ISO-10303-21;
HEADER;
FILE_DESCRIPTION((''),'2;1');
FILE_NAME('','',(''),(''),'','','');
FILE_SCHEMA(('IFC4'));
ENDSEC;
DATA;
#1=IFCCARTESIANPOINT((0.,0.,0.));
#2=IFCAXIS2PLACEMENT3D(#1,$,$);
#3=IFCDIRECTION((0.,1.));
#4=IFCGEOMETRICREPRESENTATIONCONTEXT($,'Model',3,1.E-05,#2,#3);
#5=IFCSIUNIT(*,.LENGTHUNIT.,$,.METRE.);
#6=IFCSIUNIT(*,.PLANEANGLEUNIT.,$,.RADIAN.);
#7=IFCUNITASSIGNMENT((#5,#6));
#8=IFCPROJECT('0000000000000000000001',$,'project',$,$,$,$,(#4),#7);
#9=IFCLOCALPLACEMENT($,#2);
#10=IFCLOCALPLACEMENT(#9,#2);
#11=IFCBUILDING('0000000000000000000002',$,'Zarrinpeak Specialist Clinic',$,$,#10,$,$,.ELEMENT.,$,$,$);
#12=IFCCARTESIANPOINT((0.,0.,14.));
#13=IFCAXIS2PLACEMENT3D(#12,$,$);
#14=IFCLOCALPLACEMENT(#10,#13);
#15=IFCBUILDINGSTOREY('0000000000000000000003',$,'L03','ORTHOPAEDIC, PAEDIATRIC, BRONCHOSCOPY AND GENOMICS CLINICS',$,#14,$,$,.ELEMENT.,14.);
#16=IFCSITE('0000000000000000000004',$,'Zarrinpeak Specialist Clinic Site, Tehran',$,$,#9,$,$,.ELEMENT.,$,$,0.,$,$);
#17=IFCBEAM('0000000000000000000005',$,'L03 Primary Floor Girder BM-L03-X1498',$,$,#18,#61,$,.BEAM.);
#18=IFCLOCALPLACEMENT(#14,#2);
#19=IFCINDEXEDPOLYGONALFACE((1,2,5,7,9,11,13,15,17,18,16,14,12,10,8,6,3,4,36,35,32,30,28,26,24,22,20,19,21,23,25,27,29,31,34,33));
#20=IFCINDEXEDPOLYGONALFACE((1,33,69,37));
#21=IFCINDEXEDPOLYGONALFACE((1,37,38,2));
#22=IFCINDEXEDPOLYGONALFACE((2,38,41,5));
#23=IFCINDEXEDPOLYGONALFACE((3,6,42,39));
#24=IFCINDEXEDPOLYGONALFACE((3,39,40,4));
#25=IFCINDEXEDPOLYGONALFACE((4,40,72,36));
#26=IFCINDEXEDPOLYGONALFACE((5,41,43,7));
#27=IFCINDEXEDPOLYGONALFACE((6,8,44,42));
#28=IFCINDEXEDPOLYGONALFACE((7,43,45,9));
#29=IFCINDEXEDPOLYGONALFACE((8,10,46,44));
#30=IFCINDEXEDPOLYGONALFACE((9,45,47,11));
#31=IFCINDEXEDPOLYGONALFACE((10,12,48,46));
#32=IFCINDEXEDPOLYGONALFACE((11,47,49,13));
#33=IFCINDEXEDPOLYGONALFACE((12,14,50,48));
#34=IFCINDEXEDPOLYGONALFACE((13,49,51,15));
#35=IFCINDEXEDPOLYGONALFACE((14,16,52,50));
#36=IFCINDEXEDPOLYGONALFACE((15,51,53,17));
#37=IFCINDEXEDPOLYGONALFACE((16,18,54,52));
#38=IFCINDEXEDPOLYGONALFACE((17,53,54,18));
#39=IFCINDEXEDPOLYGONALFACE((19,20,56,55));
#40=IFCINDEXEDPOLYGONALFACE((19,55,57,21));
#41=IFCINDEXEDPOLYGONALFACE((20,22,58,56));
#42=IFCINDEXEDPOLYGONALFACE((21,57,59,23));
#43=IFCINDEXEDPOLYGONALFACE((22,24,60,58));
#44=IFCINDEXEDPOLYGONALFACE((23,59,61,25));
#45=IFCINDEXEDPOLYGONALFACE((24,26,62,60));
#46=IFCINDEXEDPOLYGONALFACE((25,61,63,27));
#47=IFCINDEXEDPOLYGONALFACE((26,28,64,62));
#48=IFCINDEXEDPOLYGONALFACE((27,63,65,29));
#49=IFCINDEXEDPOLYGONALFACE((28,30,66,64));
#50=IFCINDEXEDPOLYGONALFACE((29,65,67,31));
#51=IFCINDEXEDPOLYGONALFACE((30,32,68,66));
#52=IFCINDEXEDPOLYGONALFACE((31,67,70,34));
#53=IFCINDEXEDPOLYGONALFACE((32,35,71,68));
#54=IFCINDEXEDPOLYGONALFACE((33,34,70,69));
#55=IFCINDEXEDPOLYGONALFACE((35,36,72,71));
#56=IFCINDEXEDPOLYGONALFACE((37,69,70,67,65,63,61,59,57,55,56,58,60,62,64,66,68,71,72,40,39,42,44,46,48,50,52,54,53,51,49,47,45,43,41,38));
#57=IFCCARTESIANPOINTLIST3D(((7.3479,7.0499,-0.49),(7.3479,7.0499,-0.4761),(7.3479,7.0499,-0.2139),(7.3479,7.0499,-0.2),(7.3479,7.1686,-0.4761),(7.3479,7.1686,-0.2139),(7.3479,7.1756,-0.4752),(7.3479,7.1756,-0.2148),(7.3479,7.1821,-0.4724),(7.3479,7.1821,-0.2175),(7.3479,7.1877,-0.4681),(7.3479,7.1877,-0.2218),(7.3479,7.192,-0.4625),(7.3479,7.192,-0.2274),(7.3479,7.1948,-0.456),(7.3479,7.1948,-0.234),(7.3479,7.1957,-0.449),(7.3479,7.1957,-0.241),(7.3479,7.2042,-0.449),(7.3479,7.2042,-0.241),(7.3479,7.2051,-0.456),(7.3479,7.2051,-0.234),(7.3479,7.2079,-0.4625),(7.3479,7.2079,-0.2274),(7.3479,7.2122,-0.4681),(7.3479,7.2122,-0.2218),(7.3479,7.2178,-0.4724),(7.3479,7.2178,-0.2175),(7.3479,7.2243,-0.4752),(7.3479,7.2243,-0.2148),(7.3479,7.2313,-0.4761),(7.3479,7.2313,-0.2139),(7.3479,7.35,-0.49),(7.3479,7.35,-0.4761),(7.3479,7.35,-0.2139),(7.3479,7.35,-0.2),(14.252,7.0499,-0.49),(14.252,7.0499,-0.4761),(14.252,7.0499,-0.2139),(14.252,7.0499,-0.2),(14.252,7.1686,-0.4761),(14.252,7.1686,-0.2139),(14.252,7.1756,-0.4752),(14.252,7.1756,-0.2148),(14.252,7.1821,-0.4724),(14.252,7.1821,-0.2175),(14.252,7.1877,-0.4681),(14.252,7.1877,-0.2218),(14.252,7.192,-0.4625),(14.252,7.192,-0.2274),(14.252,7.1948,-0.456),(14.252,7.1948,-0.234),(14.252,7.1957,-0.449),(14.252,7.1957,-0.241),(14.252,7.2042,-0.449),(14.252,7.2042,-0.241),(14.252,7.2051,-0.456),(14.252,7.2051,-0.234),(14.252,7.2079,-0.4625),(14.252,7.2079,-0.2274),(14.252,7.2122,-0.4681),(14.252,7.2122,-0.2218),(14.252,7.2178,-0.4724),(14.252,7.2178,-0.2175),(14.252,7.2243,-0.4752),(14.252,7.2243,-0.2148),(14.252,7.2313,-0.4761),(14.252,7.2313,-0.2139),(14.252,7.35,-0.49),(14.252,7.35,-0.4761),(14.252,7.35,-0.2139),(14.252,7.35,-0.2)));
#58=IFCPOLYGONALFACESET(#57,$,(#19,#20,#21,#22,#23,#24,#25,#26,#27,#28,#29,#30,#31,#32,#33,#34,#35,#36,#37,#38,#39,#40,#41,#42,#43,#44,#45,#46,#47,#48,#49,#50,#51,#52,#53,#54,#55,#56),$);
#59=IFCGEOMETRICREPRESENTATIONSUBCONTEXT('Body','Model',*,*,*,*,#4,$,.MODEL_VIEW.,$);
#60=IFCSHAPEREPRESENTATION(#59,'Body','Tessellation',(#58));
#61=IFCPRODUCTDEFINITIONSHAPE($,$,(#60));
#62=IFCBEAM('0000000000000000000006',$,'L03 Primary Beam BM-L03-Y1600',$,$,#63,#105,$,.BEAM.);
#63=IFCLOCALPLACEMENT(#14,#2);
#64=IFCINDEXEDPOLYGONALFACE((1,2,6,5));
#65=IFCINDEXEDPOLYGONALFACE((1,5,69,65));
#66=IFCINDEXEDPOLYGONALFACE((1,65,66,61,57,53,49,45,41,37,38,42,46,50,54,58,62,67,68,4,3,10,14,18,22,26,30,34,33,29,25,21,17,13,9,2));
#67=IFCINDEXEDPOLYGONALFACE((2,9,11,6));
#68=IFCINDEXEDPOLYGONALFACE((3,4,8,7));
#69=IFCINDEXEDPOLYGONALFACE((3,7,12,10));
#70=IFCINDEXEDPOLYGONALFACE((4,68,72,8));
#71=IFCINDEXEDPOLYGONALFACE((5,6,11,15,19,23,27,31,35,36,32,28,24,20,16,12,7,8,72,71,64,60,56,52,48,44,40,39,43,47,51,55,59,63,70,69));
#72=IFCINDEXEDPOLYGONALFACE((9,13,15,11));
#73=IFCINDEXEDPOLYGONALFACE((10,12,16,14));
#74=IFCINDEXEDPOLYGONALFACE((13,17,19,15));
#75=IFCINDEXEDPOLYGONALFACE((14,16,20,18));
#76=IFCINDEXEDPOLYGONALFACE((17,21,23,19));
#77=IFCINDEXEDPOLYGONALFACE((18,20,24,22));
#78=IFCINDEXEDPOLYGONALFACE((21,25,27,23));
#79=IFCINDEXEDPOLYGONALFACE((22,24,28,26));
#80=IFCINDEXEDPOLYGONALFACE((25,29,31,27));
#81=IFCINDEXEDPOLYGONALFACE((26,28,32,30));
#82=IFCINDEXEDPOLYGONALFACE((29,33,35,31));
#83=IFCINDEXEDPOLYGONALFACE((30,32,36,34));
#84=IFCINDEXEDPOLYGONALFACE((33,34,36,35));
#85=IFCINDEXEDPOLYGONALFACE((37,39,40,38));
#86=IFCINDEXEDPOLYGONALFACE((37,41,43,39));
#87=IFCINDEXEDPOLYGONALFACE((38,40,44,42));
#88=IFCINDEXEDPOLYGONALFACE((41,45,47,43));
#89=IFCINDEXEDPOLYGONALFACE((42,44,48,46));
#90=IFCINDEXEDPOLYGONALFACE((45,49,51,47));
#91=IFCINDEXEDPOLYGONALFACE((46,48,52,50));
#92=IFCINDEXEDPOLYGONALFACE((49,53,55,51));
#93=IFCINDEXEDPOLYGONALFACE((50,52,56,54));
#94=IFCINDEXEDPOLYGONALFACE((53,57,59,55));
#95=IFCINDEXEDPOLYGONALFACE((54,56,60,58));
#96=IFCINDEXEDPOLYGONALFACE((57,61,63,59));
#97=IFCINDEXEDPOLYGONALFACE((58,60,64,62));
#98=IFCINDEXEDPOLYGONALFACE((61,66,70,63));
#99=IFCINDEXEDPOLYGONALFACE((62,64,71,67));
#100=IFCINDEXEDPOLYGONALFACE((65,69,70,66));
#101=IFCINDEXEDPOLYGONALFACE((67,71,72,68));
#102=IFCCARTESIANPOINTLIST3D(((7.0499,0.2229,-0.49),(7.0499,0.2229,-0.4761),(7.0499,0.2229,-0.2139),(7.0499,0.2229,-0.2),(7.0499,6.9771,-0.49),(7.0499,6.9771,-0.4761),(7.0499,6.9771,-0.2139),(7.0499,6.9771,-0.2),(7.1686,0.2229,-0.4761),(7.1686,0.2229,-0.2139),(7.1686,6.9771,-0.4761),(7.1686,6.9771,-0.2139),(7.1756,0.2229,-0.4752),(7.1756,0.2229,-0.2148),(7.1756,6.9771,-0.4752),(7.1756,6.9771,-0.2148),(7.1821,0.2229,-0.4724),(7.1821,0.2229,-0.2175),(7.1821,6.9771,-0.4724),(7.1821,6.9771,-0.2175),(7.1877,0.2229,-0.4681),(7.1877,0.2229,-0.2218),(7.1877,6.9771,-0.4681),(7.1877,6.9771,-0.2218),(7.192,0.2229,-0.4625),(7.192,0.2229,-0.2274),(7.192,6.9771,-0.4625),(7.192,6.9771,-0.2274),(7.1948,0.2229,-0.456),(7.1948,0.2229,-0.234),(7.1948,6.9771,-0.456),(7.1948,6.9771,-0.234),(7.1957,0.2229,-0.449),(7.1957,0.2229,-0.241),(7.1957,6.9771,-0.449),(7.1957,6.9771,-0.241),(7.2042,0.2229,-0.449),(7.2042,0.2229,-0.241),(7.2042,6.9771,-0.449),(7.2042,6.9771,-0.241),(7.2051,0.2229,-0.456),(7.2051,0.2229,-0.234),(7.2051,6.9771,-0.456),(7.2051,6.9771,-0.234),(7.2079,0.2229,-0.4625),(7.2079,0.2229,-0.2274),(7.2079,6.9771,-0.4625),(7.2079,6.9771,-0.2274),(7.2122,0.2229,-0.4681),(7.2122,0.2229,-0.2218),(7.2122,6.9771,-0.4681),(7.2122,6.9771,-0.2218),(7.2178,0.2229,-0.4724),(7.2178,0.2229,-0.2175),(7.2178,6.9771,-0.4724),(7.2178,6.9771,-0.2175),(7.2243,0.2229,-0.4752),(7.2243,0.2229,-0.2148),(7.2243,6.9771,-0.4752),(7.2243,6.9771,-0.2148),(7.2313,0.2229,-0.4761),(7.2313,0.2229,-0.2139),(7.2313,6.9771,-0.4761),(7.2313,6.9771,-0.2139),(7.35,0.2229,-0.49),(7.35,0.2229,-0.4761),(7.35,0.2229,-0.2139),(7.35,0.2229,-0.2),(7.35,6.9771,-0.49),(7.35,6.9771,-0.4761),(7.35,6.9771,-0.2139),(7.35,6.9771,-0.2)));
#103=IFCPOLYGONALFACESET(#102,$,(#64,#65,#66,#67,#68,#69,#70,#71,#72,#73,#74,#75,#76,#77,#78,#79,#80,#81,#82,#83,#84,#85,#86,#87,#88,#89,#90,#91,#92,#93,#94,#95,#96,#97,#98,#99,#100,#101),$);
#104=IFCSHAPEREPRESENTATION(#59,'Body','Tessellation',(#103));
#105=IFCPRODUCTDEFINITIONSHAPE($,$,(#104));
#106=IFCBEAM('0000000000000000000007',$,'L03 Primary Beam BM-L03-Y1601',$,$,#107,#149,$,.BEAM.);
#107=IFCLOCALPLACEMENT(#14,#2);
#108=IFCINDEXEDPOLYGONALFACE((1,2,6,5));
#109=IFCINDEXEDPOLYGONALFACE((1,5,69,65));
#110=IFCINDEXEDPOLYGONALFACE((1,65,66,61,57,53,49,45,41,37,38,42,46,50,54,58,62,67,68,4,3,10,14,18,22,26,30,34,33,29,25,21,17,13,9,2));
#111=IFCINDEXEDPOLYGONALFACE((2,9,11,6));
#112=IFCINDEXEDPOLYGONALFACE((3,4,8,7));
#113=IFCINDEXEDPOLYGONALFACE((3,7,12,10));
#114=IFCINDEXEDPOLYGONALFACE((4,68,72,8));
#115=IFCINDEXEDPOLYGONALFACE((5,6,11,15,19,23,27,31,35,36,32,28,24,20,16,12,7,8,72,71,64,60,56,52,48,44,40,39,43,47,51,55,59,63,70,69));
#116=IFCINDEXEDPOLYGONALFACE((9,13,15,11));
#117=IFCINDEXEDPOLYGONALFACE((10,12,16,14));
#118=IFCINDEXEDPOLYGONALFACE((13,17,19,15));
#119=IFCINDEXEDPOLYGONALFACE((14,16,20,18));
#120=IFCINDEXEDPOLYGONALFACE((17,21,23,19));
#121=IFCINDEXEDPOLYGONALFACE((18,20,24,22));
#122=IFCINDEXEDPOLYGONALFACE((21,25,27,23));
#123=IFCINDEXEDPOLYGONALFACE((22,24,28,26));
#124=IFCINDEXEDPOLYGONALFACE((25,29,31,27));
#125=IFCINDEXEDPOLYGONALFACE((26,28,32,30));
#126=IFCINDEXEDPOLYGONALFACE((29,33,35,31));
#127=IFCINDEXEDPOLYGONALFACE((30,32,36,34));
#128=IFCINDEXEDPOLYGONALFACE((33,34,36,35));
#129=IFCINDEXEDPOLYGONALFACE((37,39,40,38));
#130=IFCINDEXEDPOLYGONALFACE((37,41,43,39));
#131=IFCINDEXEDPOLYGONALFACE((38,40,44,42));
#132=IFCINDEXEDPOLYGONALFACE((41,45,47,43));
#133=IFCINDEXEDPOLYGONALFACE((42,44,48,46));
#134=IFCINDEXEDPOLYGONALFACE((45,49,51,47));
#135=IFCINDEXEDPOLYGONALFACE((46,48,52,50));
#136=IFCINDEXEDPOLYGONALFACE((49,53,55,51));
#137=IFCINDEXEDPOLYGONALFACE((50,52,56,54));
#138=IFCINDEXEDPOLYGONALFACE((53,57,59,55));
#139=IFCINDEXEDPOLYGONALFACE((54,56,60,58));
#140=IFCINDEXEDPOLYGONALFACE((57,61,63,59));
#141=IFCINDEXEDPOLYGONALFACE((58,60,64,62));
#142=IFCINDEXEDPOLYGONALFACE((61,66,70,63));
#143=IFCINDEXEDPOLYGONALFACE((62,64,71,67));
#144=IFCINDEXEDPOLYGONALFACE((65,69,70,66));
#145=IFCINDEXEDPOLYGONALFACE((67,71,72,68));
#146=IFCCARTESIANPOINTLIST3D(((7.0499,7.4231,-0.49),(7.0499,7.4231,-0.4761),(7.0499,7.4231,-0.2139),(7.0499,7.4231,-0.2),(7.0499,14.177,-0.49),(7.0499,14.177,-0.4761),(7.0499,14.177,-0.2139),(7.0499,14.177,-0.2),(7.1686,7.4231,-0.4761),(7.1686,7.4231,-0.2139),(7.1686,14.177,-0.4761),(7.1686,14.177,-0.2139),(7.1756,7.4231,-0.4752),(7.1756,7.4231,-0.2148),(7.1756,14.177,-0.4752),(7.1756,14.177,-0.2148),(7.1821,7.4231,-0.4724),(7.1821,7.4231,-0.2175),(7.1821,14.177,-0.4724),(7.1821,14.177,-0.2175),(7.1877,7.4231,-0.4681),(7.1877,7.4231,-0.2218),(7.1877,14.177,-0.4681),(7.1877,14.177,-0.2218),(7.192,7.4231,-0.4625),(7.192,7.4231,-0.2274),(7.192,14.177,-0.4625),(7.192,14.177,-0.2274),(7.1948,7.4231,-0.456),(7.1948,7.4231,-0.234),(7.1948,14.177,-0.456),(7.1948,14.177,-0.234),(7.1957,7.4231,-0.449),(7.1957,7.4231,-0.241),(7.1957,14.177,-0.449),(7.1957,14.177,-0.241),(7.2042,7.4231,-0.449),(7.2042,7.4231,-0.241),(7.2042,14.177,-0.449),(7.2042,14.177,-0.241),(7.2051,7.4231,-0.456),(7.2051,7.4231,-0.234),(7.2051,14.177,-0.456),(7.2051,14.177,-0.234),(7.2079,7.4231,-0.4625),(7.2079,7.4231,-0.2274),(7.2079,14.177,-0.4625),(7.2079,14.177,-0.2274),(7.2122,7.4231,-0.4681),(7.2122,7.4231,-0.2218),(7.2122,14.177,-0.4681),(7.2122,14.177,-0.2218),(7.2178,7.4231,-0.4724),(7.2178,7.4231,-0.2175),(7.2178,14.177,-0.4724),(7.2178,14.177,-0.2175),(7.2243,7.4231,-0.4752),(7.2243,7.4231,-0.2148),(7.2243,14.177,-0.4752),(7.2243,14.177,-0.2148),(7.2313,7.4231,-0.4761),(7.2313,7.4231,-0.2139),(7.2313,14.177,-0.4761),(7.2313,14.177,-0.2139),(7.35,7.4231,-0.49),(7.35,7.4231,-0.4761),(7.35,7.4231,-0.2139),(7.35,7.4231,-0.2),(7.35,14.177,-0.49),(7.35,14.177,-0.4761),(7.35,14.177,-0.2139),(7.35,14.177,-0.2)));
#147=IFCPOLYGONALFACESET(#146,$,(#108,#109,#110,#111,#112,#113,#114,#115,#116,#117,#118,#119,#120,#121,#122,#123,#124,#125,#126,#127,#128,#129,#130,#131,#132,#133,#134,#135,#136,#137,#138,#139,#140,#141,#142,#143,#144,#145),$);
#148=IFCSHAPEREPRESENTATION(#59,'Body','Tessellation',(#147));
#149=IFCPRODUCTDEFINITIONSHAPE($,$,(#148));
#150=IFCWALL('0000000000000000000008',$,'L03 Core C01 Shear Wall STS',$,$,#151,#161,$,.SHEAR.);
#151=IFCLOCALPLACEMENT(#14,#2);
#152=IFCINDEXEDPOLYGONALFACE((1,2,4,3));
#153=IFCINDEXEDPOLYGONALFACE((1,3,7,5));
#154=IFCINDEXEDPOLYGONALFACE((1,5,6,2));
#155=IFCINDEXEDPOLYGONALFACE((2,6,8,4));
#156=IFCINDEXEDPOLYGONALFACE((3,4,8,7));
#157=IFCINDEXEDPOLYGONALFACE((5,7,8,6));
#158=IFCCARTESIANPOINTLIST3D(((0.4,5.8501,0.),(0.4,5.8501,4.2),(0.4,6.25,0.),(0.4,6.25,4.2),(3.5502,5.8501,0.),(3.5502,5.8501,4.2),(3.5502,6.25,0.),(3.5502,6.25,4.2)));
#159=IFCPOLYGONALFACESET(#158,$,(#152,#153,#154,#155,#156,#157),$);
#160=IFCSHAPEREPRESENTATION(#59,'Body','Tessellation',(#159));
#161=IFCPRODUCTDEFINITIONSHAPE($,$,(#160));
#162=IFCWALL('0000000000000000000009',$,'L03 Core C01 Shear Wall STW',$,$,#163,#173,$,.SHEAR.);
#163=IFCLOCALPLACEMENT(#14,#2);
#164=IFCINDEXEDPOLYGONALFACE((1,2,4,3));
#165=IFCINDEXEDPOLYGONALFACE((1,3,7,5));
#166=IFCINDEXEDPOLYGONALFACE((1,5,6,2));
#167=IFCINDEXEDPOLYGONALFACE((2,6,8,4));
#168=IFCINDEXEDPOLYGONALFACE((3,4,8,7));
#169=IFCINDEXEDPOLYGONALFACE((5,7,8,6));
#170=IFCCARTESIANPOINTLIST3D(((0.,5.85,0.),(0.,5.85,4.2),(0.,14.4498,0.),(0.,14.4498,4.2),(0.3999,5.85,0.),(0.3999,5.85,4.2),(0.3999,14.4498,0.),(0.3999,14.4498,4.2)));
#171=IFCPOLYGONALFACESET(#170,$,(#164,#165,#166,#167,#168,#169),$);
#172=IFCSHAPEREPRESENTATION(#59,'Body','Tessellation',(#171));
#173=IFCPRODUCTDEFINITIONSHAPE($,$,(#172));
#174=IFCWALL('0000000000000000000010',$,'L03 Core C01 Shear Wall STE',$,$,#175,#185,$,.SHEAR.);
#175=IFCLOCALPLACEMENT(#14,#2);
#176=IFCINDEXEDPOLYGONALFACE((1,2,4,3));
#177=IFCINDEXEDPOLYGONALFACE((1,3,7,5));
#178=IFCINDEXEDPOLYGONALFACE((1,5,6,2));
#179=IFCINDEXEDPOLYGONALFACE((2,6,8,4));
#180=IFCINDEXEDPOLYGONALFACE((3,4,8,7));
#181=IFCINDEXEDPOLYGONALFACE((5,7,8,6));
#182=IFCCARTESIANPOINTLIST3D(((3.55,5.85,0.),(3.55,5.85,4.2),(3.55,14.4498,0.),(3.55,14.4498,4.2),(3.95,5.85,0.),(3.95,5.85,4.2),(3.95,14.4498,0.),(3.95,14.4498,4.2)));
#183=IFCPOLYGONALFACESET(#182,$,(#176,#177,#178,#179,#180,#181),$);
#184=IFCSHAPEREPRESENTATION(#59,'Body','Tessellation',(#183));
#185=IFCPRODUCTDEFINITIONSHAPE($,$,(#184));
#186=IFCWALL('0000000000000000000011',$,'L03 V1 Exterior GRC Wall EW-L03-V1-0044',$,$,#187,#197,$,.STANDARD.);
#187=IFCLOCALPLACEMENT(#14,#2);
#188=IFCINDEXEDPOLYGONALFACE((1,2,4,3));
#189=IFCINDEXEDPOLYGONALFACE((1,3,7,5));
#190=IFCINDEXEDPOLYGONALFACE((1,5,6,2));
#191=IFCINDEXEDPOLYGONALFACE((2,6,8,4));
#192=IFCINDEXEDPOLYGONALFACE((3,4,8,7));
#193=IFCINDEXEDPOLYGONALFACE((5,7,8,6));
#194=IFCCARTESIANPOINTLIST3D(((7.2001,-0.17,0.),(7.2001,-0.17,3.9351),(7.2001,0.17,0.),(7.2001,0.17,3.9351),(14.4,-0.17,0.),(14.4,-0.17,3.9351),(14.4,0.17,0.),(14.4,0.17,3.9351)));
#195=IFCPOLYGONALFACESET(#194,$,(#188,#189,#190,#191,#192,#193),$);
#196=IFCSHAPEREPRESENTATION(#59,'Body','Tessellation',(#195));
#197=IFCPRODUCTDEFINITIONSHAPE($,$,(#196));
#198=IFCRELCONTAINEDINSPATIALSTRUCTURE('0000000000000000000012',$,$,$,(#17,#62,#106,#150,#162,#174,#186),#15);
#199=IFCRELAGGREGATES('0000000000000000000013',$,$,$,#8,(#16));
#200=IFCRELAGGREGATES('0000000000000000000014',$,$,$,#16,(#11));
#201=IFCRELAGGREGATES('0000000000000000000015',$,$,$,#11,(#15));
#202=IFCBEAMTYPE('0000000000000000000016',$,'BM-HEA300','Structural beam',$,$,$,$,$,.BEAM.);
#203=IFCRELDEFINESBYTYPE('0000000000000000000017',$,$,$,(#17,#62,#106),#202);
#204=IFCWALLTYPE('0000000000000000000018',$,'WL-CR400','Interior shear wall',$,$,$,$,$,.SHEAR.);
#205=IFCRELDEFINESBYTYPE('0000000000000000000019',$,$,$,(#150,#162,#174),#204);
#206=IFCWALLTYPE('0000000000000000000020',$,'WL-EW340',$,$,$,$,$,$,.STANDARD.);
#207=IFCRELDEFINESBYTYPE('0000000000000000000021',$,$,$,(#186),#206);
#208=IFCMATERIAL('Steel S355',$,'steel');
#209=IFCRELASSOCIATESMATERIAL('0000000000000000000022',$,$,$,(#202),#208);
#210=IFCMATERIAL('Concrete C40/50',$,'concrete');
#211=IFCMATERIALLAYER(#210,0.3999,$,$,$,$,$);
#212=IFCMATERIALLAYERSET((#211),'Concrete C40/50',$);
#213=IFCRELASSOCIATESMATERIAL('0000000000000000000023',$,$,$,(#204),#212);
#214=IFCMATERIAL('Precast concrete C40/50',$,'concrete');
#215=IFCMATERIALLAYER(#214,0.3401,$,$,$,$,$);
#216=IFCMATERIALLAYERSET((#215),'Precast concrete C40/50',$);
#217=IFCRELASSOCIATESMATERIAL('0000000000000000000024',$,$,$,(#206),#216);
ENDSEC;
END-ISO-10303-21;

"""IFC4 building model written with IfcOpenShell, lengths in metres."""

from ifc_helpers import new_model, si_unit, direction, frame, frame_2d, origin, origin_2d, place, context, subcontext, project, spatial, rectangle, i_section, extrude, material, layer, layer_set, material_profile, profile_set, type_object, element, save


model = new_model("IFC4")

# Units and contexts
model_context = context("Model", 3, precision=1e-05, world=origin(), true_north=direction((0.0, 1.0)))
body_context = subcontext(model_context, "Body", "Model", "MODEL_VIEW")
ifc_project = project(units=[si_unit("LENGTHUNIT", "METRE"), si_unit("PLANEANGLEUNIT", "RADIAN")], contexts=[model_context])

# Site, building, storey
site_placement = place(None, origin())
site = spatial("IfcSite", under=ifc_project, at=site_placement, Name="Zarrinpeak Specialist Clinic Site, Tehran", CompositionType="ELEMENT", RefElevation=0.0)
building_placement = place(site_placement, origin())
building = spatial("IfcBuilding", under=site, at=building_placement, Name="Zarrinpeak Specialist Clinic", CompositionType="ELEMENT")
storey_placement = place(building_placement, frame((0.0, 0.0, 14.0)))
storey = spatial("IfcBuildingStorey", under=building, at=storey_placement, Name="L03", Description="ORTHOPAEDIC, PAEDIATRIC, BRONCHOSCOPY AND GENOMICS CLINICS", CompositionType="ELEMENT", Elevation=14.0)

# Shared definitions
ifc_material_1 = material(Name="Steel S355", Category="steel")

# Beams
ifc_material_profile_1 = material_profile(ifc_material_1, i_section(OverallWidth=0.3, OverallDepth=0.29, WebThickness=0.0085, FlangeThickness=0.0139, FilletRadius=0.0271, at=origin_2d()), Name="HEA 300")
ifc_profile_set_1 = profile_set([ifc_material_profile_1], Name="Steel S355")
beam_type = type_object("IfcBeamType", Name="BM-HEA300", Description="Structural beam", PredefinedType="BEAM", material=ifc_profile_set_1)
for number, where, z_axis, x_axis, name in (
    (1, (7.3479, 7.2, -0.345), (1.0, 0.0, 0.0), (0.0, 1.0, 0.0), "L03 Primary Floor Girder BM-L03-X1498"),
):
    element("IfcBeam", number, at=place(storey_placement, frame(where, z_axis=z_axis, x_axis=x_axis)), inside=storey, type_object=beam_type, Name=name, PredefinedType="BEAM", context=body_context, shape_type="SweptSolid", body=[
        extrude(i_section(OverallWidth=0.3, OverallDepth=0.29, WebThickness=0.0085, FlangeThickness=0.0139, FilletRadius=0.0271, at=origin_2d()), origin(), (0.0, 0.0, 1.0), 6.9041),
    ])
beam_1_placement = place(storey_placement, frame((7.2, 0.2229, -0.345), z_axis=(0.0, 1.0, 0.0), x_axis=(-1.0, 0.0, 0.0)))
element("IfcBeam", 2, at=beam_1_placement, inside=storey, type_object=beam_type, Name="L03 Primary Beam BM-L03-Y1600", PredefinedType="BEAM", context=body_context, shape_type="SweptSolid", body=[
    extrude(i_section(OverallWidth=0.3, OverallDepth=0.29, WebThickness=0.0085, FlangeThickness=0.0139, FilletRadius=0.0271, at=origin_2d()), origin(), (0.0, 0.0, 1.0), 6.7542),
])
beam_2_placement = place(storey_placement, frame((7.2, 7.4231, -0.345), z_axis=(0.0, 1.0, 0.0), x_axis=(-1.0, 0.0, 0.0)))
element("IfcBeam", 3, at=beam_2_placement, inside=storey, type_object=beam_type, Name="L03 Primary Beam BM-L03-Y1601", PredefinedType="BEAM", context=body_context, shape_type="SweptSolid", body=[
    extrude(i_section(OverallWidth=0.3, OverallDepth=0.29, WebThickness=0.0085, FlangeThickness=0.0139, FilletRadius=0.0271, at=origin_2d()), origin(), (0.0, 0.0, 1.0), 6.7539),
])

# Walls
ifc_material_2 = material(Name="Concrete C40/50", Category="concrete")
ifc_layer_1 = layer(ifc_material_2, 0.3999)
ifc_layer_set_1 = layer_set([ifc_layer_1], Name="Concrete C40/50")
wall_type_1 = type_object("IfcWallType", Name="WL-CR400", Description="Interior shear wall", PredefinedType="SHEAR", material=ifc_layer_set_1)
wall_1_placement = place(storey_placement, frame((0.3999, 6.05, 0.0), z_axis=(0.0, 0.0, 1.0), x_axis=(1.0, 0.0, 0.0)))
element("IfcWall", 4, at=wall_1_placement, inside=storey, type_object=wall_type_1, Name="L03 Core C01 Shear Wall STS", PredefinedType="SHEAR", context=body_context, shape_type="SweptSolid", body=[
    extrude(rectangle(XDim=3.1501, YDim=0.3999, at=frame_2d((1.5752, 0.0))), origin(), (0.0, 0.0, 1.0), 4.2),
])
for number, where, z_axis, x_axis, name in (
    (5, (0.2, 5.8501, 0.0), (0.0, 0.0, 1.0), (0.0, 1.0, 0.0), "L03 Core C01 Shear Wall STW"),
    (6, (3.75, 5.8501, 0.0), (0.0, 0.0, 1.0), (0.0, 1.0, 0.0), "L03 Core C01 Shear Wall STE"),
):
    element("IfcWall", number, at=place(storey_placement, frame(where, z_axis=z_axis, x_axis=x_axis)), inside=storey, type_object=wall_type_1, Name=name, PredefinedType="SHEAR", context=body_context, shape_type="SweptSolid", body=[
        extrude(rectangle(XDim=8.5999, YDim=0.3999, at=frame_2d((4.2998, 0.0))), origin(), (0.0, 0.0, 1.0), 4.2),
    ])
ifc_material_3 = material(Name="Precast concrete C40/50", Category="concrete")
ifc_layer_2 = layer(ifc_material_3, 0.3401)
ifc_layer_set_2 = layer_set([ifc_layer_2], Name="Precast concrete C40/50")
wall_type_2 = type_object("IfcWallType", Name="WL-EW340", PredefinedType="STANDARD", material=ifc_layer_set_2)
wall_2_placement = place(storey_placement, frame((7.2, 0.0, 0.0), z_axis=(0.0, 0.0, 1.0), x_axis=(1.0, 0.0, 0.0)))
element("IfcWall", 7, at=wall_2_placement, inside=storey, type_object=wall_type_2, Name="L03 V1 Exterior GRC Wall EW-L03-V1-0044", PredefinedType="STANDARD", context=body_context, shape_type="SweptSolid", body=[
    extrude(rectangle(XDim=7.2, YDim=0.3401, at=frame_2d((3.6001, 0.0))), origin(), (0.0, 0.0, 1.0), 3.9351),
])

save(model, "model.ifc")
